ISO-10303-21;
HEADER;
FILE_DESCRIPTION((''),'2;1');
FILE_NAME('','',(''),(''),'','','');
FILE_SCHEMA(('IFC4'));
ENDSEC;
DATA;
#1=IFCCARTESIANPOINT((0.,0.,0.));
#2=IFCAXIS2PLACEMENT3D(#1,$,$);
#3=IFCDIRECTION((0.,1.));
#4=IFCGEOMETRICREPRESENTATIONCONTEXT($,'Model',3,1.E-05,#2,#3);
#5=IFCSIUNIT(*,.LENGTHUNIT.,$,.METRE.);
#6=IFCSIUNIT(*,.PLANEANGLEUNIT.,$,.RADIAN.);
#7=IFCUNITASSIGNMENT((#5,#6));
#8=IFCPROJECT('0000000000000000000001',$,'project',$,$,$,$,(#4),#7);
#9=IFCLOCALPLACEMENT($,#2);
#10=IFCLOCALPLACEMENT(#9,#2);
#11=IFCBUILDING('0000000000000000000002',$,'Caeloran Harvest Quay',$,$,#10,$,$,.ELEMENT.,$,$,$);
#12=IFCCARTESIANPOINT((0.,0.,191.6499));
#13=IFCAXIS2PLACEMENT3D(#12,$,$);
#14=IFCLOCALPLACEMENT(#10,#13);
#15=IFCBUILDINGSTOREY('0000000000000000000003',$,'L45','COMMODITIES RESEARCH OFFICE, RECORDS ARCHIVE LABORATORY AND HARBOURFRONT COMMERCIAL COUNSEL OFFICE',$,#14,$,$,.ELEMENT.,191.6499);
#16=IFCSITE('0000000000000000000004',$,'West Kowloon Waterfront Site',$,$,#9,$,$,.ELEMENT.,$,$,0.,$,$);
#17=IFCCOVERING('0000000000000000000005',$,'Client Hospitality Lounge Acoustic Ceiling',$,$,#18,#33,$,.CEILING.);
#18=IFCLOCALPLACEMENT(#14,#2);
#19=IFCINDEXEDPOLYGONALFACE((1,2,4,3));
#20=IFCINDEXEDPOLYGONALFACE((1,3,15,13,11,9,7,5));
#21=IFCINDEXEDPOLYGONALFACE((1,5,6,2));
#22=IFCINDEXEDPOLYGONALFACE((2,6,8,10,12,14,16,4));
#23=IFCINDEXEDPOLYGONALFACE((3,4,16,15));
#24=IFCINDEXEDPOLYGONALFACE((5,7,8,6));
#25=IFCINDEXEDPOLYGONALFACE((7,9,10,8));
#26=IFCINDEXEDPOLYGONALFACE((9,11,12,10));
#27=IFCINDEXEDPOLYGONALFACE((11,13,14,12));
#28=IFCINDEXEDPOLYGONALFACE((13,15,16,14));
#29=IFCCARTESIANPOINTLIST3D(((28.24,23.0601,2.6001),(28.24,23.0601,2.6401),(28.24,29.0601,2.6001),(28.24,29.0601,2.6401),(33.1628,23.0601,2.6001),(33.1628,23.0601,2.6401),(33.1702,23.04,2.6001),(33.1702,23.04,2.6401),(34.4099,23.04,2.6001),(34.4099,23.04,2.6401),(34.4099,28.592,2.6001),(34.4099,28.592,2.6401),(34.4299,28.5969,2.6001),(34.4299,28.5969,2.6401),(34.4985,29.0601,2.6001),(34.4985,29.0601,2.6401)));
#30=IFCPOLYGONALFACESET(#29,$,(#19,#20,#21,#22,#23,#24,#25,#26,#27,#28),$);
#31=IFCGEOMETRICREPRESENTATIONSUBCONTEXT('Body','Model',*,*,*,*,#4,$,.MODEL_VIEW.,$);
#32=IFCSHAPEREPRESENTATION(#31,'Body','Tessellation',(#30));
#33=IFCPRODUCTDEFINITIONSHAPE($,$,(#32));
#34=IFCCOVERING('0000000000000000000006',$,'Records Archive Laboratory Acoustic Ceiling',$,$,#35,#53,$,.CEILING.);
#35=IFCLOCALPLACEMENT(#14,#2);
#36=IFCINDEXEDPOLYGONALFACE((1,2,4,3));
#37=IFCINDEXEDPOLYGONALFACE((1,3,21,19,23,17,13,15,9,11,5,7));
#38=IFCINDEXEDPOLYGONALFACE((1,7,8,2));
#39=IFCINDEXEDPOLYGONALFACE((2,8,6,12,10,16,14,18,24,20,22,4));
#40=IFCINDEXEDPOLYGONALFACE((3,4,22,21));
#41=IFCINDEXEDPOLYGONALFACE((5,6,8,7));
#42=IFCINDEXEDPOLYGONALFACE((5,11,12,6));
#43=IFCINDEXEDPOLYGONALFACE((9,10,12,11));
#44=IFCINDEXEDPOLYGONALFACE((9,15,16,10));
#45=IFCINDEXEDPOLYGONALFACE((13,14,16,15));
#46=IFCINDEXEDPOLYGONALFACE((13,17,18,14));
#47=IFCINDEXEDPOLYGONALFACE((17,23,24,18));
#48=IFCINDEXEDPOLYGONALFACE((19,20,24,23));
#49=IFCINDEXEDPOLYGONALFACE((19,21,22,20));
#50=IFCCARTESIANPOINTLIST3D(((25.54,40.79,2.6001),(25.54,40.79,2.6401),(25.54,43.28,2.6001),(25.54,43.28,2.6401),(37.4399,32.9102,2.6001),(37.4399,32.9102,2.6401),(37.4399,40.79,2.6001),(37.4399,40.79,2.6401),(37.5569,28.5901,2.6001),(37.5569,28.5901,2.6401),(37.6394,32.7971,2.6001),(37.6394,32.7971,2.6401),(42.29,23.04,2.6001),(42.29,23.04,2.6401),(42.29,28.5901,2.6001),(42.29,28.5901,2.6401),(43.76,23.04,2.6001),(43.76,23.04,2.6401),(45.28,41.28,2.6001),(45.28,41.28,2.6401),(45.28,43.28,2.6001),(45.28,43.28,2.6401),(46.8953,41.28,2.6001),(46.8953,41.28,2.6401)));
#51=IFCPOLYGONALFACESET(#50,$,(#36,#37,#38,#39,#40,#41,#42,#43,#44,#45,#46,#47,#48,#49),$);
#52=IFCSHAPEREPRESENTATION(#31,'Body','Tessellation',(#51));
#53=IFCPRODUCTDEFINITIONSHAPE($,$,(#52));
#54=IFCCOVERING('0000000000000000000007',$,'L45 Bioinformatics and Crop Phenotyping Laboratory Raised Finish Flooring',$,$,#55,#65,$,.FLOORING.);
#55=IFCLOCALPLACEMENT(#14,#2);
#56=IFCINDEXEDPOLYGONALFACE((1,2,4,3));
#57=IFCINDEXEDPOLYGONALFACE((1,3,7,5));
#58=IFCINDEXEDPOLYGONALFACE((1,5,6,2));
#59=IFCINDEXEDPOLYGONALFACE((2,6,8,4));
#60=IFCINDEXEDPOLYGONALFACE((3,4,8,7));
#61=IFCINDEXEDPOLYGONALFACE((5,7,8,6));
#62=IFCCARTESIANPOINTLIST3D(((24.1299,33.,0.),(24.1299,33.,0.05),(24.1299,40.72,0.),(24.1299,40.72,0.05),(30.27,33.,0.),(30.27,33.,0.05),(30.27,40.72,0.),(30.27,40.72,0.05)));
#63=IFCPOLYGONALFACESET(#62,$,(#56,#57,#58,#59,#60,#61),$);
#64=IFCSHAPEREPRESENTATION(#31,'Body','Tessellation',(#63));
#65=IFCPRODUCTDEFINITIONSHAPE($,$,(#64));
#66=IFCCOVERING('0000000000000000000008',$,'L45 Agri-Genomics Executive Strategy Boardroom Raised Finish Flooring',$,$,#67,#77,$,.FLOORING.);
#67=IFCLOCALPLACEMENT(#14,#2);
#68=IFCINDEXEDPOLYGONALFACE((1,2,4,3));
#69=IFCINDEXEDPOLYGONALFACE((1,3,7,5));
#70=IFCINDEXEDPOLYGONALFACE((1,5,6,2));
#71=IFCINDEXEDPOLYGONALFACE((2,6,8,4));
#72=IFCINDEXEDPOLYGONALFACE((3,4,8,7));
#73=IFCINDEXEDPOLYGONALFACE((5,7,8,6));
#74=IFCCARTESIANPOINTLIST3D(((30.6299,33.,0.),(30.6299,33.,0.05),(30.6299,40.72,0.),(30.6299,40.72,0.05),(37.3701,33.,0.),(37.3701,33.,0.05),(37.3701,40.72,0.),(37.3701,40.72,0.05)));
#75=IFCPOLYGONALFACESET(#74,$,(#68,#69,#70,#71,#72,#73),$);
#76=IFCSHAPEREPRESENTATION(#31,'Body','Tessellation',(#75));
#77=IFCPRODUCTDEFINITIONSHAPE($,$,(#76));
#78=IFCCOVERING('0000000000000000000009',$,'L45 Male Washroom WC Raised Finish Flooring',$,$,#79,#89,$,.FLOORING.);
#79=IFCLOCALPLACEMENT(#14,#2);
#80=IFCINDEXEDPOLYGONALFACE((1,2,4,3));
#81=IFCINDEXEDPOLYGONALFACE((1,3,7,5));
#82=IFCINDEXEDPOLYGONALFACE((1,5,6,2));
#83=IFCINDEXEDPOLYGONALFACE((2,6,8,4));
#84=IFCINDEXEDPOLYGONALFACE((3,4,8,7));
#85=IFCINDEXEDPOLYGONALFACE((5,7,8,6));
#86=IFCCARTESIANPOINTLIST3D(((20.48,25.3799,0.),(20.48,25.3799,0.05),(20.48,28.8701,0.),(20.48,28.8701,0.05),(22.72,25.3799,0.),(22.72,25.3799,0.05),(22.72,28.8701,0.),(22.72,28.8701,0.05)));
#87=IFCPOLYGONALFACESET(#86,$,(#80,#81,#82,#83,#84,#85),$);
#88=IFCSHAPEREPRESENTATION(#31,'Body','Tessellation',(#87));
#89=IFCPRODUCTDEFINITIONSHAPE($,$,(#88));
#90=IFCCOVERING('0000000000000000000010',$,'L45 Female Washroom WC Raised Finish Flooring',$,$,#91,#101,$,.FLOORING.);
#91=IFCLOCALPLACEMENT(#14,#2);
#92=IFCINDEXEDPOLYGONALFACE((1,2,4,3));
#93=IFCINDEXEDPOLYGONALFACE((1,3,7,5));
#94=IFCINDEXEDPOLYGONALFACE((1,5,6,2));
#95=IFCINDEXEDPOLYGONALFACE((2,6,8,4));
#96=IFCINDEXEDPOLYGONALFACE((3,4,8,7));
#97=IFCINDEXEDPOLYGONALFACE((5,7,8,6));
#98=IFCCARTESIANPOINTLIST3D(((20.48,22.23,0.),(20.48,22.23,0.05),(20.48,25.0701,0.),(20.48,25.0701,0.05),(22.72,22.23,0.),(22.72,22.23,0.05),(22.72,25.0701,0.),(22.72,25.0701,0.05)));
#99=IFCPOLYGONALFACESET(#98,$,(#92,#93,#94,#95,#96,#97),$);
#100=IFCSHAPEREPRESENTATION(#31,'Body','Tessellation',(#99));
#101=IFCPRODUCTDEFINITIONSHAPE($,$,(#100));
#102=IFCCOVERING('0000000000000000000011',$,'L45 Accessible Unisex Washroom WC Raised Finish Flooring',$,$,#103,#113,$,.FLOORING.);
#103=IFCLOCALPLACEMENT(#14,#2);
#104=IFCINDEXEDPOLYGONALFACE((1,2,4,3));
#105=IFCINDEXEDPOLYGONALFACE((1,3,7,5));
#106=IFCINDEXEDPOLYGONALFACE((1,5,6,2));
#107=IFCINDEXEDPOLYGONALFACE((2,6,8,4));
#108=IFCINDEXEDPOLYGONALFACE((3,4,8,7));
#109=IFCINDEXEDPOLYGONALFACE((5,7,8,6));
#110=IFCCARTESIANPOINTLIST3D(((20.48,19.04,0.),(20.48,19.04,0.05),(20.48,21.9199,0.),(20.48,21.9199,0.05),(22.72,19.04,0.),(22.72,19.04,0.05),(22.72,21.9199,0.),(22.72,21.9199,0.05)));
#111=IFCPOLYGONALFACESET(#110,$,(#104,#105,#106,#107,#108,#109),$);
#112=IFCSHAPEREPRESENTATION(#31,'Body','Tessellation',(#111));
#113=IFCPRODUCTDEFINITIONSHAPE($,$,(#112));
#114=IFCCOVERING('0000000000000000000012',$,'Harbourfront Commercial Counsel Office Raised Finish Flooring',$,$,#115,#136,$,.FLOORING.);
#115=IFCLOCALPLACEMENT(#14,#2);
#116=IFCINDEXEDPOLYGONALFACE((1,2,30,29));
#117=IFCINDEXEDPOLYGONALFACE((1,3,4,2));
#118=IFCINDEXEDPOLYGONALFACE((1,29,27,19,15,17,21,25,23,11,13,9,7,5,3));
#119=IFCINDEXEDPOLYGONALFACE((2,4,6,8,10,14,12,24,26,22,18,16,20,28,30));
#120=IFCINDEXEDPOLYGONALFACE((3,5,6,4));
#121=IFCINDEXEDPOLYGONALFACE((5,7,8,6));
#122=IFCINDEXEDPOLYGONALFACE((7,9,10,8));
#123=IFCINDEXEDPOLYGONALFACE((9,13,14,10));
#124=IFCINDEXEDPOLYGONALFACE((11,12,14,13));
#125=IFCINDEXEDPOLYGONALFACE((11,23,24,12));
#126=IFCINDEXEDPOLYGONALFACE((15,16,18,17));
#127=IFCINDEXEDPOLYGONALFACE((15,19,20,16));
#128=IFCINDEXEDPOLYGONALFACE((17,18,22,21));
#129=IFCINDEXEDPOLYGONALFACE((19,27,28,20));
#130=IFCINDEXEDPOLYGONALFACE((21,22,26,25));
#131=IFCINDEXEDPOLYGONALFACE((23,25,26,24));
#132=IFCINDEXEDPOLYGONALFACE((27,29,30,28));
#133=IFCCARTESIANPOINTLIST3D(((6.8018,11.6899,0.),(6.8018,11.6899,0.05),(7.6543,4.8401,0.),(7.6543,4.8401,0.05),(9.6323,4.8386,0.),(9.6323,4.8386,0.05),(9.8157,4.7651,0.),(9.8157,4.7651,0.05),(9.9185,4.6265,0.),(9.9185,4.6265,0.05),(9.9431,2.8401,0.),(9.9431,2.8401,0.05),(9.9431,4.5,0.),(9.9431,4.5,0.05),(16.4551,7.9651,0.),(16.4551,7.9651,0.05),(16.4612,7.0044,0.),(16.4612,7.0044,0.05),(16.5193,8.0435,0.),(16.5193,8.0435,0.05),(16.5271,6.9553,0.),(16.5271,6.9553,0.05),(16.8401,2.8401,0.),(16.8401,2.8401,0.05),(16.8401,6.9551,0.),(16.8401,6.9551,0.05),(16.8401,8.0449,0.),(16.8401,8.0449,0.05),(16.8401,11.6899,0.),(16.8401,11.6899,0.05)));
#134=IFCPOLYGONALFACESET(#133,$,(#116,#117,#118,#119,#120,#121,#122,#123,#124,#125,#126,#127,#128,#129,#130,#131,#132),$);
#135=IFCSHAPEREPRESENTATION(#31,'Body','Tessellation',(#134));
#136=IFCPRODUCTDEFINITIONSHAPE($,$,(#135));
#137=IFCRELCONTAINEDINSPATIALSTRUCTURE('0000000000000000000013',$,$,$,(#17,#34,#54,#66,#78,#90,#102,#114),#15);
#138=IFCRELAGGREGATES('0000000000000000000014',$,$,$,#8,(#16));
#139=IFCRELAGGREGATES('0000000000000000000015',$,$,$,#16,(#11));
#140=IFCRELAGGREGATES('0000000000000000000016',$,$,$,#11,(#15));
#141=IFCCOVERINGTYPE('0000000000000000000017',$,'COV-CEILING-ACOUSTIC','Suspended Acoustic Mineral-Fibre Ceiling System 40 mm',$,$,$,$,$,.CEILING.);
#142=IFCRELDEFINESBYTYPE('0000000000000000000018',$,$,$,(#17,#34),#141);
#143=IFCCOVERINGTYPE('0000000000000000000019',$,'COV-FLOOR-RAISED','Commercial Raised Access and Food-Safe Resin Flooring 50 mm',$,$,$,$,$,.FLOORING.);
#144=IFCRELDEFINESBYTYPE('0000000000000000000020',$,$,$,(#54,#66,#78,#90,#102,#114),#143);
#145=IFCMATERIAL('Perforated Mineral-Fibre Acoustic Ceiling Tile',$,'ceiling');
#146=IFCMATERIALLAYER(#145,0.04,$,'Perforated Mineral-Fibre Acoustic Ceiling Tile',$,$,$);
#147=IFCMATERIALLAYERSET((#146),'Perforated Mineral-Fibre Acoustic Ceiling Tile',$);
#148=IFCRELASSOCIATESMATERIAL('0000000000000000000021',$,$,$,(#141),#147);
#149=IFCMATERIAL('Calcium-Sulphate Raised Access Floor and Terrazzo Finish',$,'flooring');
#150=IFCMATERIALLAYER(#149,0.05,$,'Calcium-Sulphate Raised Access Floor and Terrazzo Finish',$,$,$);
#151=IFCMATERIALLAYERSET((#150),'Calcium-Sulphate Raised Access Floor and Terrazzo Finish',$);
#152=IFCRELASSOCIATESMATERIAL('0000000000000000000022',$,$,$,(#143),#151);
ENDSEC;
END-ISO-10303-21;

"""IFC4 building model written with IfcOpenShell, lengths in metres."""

from ifc_helpers import new_model, si_unit, direction, frame, origin, place, context, subcontext, project, spatial, polyline, outline, extrude, material, layer, layer_set, type_object, element, save


model = new_model("IFC4")

# Units and contexts
model_context = context("Model", 3, precision=1e-05, world=origin(), true_north=direction((0.0, 1.0)))
body_context = subcontext(model_context, "Body", "Model", "MODEL_VIEW")
ifc_project = project(units=[si_unit("LENGTHUNIT", "METRE"), si_unit("PLANEANGLEUNIT", "RADIAN")], contexts=[model_context])

# Site, building, storey
site_placement = place(None, origin())
site = spatial("IfcSite", under=ifc_project, at=site_placement, Name="West Kowloon Waterfront Site", CompositionType="ELEMENT", RefElevation=0.0)
building_placement = place(site_placement, origin())
building = spatial("IfcBuilding", under=site, at=building_placement, Name="Caeloran Harvest Quay", CompositionType="ELEMENT")
storey_placement = place(building_placement, frame((0.0, 0.0, 191.6499)))
storey = spatial("IfcBuildingStorey", under=building, at=storey_placement, Name="L45", Description="COMMODITIES RESEARCH OFFICE, RECORDS ARCHIVE LABORATORY AND HARBOURFRONT COMMERCIAL COUNSEL OFFICE", CompositionType="ELEMENT", Elevation=191.6499)

# Coverings
ifc_material_1 = material(Name="Perforated Mineral-Fibre Acoustic Ceiling Tile", Category="ceiling")
ifc_layer_1 = layer(ifc_material_1, 0.04, Name="Perforated Mineral-Fibre Acoustic Ceiling Tile")
ifc_layer_set_1 = layer_set([ifc_layer_1], Name="Perforated Mineral-Fibre Acoustic Ceiling Tile")
covering_type_1 = type_object("IfcCoveringType", Name="COV-CEILING-ACOUSTIC", Description="Suspended Acoustic Mineral-Fibre Ceiling System 40 mm", PredefinedType="CEILING", material=ifc_layer_set_1)
covering_1_placement = place(storey_placement, frame((0.0, 0.0, 2.6001)))
element("IfcCovering", 1, at=covering_1_placement, inside=storey, type_object=covering_type_1, Name="Client Hospitality Lounge Acoustic Ceiling", PredefinedType="CEILING", context=body_context, shape_type="SweptSolid", body=[
    extrude(outline(polyline([(33.1628, 23.0601), (28.24, 23.0601), (28.24, 29.0601), (34.4985, 29.0601), (34.4299, 28.5969), (34.4099, 28.592), (34.4099, 23.04), (33.1702, 23.04), (33.1628, 23.0601)])), origin(), (0.0, 0.0, 1.0), 0.04),
])
covering_2_placement = place(storey_placement, frame((0.0, 0.0, 2.6001)))
element("IfcCovering", 2, at=covering_2_placement, inside=storey, type_object=covering_type_1, Name="Records Archive Laboratory Acoustic Ceiling", PredefinedType="CEILING", context=body_context, shape_type="SweptSolid", body=[
    extrude(outline(polyline([(45.28, 41.28), (46.8953, 41.28), (43.76, 23.04), (42.29, 23.04), (42.29, 28.5901), (37.5569, 28.5901), (37.6394, 32.7971), (37.4399, 32.9102), (37.4399, 40.79), (25.54, 40.79), (25.54, 43.28), (45.28, 43.28), (45.28, 41.28)])), origin(), (0.0, 0.0, 1.0), 0.04),
])
ifc_material_2 = material(Name="Calcium-Sulphate Raised Access Floor and Terrazzo Finish", Category="flooring")
ifc_layer_2 = layer(ifc_material_2, 0.05, Name="Calcium-Sulphate Raised Access Floor and Terrazzo Finish")
ifc_layer_set_2 = layer_set([ifc_layer_2], Name="Calcium-Sulphate Raised Access Floor and Terrazzo Finish")
covering_type_2 = type_object("IfcCoveringType", Name="COV-FLOOR-RAISED", Description="Commercial Raised Access and Food-Safe Resin Flooring 50 mm", PredefinedType="FLOORING", material=ifc_layer_set_2)
covering_3_placement = place(storey_placement, origin())
element("IfcCovering", 3, at=covering_3_placement, inside=storey, type_object=covering_type_2, Name="L45 Bioinformatics and Crop Phenotyping Laboratory Raised Finish Flooring", PredefinedType="FLOORING", context=body_context, shape_type="SweptSolid", body=[
    extrude(outline(polyline([(30.27, 40.72), (30.27, 33.0), (24.1299, 33.0), (24.1299, 40.72), (30.27, 40.72)])), origin(), (0.0, 0.0, 1.0), 0.05),
])
covering_4_placement = place(storey_placement, origin())
element("IfcCovering", 4, at=covering_4_placement, inside=storey, type_object=covering_type_2, Name="L45 Agri-Genomics Executive Strategy Boardroom Raised Finish Flooring", PredefinedType="FLOORING", context=body_context, shape_type="SweptSolid", body=[
    extrude(outline(polyline([(37.3701, 40.72), (37.3701, 33.0), (30.6299, 33.0), (30.6299, 40.72), (37.3701, 40.72)])), origin(), (0.0, 0.0, 1.0), 0.05),
])
covering_5_placement = place(storey_placement, origin())
element("IfcCovering", 5, at=covering_5_placement, inside=storey, type_object=covering_type_2, Name="L45 Male Washroom WC Raised Finish Flooring", PredefinedType="FLOORING", context=body_context, shape_type="SweptSolid", body=[
    extrude(outline(polyline([(22.72, 28.8701), (22.72, 25.3799), (20.48, 25.3799), (20.48, 28.8701), (22.72, 28.8701)])), origin(), (0.0, 0.0, 1.0), 0.05),
])
covering_6_placement = place(storey_placement, origin())
element("IfcCovering", 6, at=covering_6_placement, inside=storey, type_object=covering_type_2, Name="L45 Female Washroom WC Raised Finish Flooring", PredefinedType="FLOORING", context=body_context, shape_type="SweptSolid", body=[
    extrude(outline(polyline([(22.72, 25.0701), (22.72, 22.23), (20.48, 22.23), (20.48, 25.0701), (22.72, 25.0701)])), origin(), (0.0, 0.0, 1.0), 0.05),
])
covering_7_placement = place(storey_placement, origin())
element("IfcCovering", 7, at=covering_7_placement, inside=storey, type_object=covering_type_2, Name="L45 Accessible Unisex Washroom WC Raised Finish Flooring", PredefinedType="FLOORING", context=body_context, shape_type="SweptSolid", body=[
    extrude(outline(polyline([(22.72, 21.9199), (22.72, 19.04), (20.48, 19.04), (20.48, 21.9199), (22.72, 21.9199)])), origin(), (0.0, 0.0, 1.0), 0.05),
])
covering_8_placement = place(storey_placement, origin())
element("IfcCovering", 8, at=covering_8_placement, inside=storey, type_object=covering_type_2, Name="Harbourfront Commercial Counsel Office Raised Finish Flooring", PredefinedType="FLOORING", context=body_context, shape_type="SweptSolid", body=[
    extrude(outline(polyline([(9.9185, 4.6265), (9.8157, 4.7651), (9.6323, 4.8386), (7.6543, 4.8401), (6.8018, 11.6899), (16.8401, 11.6899), (16.8401, 8.0449), (16.5193, 8.0435), (16.4551, 7.9651), (16.4612, 7.0044), (16.5271, 6.9553), (16.8401, 6.9551), (16.8401, 2.8401), (9.9431, 2.8401), (9.9431, 4.5), (9.9185, 4.6265)])), origin(), (0.0, 0.0, 1.0), 0.05),
])

save(model, "model.ifc")
